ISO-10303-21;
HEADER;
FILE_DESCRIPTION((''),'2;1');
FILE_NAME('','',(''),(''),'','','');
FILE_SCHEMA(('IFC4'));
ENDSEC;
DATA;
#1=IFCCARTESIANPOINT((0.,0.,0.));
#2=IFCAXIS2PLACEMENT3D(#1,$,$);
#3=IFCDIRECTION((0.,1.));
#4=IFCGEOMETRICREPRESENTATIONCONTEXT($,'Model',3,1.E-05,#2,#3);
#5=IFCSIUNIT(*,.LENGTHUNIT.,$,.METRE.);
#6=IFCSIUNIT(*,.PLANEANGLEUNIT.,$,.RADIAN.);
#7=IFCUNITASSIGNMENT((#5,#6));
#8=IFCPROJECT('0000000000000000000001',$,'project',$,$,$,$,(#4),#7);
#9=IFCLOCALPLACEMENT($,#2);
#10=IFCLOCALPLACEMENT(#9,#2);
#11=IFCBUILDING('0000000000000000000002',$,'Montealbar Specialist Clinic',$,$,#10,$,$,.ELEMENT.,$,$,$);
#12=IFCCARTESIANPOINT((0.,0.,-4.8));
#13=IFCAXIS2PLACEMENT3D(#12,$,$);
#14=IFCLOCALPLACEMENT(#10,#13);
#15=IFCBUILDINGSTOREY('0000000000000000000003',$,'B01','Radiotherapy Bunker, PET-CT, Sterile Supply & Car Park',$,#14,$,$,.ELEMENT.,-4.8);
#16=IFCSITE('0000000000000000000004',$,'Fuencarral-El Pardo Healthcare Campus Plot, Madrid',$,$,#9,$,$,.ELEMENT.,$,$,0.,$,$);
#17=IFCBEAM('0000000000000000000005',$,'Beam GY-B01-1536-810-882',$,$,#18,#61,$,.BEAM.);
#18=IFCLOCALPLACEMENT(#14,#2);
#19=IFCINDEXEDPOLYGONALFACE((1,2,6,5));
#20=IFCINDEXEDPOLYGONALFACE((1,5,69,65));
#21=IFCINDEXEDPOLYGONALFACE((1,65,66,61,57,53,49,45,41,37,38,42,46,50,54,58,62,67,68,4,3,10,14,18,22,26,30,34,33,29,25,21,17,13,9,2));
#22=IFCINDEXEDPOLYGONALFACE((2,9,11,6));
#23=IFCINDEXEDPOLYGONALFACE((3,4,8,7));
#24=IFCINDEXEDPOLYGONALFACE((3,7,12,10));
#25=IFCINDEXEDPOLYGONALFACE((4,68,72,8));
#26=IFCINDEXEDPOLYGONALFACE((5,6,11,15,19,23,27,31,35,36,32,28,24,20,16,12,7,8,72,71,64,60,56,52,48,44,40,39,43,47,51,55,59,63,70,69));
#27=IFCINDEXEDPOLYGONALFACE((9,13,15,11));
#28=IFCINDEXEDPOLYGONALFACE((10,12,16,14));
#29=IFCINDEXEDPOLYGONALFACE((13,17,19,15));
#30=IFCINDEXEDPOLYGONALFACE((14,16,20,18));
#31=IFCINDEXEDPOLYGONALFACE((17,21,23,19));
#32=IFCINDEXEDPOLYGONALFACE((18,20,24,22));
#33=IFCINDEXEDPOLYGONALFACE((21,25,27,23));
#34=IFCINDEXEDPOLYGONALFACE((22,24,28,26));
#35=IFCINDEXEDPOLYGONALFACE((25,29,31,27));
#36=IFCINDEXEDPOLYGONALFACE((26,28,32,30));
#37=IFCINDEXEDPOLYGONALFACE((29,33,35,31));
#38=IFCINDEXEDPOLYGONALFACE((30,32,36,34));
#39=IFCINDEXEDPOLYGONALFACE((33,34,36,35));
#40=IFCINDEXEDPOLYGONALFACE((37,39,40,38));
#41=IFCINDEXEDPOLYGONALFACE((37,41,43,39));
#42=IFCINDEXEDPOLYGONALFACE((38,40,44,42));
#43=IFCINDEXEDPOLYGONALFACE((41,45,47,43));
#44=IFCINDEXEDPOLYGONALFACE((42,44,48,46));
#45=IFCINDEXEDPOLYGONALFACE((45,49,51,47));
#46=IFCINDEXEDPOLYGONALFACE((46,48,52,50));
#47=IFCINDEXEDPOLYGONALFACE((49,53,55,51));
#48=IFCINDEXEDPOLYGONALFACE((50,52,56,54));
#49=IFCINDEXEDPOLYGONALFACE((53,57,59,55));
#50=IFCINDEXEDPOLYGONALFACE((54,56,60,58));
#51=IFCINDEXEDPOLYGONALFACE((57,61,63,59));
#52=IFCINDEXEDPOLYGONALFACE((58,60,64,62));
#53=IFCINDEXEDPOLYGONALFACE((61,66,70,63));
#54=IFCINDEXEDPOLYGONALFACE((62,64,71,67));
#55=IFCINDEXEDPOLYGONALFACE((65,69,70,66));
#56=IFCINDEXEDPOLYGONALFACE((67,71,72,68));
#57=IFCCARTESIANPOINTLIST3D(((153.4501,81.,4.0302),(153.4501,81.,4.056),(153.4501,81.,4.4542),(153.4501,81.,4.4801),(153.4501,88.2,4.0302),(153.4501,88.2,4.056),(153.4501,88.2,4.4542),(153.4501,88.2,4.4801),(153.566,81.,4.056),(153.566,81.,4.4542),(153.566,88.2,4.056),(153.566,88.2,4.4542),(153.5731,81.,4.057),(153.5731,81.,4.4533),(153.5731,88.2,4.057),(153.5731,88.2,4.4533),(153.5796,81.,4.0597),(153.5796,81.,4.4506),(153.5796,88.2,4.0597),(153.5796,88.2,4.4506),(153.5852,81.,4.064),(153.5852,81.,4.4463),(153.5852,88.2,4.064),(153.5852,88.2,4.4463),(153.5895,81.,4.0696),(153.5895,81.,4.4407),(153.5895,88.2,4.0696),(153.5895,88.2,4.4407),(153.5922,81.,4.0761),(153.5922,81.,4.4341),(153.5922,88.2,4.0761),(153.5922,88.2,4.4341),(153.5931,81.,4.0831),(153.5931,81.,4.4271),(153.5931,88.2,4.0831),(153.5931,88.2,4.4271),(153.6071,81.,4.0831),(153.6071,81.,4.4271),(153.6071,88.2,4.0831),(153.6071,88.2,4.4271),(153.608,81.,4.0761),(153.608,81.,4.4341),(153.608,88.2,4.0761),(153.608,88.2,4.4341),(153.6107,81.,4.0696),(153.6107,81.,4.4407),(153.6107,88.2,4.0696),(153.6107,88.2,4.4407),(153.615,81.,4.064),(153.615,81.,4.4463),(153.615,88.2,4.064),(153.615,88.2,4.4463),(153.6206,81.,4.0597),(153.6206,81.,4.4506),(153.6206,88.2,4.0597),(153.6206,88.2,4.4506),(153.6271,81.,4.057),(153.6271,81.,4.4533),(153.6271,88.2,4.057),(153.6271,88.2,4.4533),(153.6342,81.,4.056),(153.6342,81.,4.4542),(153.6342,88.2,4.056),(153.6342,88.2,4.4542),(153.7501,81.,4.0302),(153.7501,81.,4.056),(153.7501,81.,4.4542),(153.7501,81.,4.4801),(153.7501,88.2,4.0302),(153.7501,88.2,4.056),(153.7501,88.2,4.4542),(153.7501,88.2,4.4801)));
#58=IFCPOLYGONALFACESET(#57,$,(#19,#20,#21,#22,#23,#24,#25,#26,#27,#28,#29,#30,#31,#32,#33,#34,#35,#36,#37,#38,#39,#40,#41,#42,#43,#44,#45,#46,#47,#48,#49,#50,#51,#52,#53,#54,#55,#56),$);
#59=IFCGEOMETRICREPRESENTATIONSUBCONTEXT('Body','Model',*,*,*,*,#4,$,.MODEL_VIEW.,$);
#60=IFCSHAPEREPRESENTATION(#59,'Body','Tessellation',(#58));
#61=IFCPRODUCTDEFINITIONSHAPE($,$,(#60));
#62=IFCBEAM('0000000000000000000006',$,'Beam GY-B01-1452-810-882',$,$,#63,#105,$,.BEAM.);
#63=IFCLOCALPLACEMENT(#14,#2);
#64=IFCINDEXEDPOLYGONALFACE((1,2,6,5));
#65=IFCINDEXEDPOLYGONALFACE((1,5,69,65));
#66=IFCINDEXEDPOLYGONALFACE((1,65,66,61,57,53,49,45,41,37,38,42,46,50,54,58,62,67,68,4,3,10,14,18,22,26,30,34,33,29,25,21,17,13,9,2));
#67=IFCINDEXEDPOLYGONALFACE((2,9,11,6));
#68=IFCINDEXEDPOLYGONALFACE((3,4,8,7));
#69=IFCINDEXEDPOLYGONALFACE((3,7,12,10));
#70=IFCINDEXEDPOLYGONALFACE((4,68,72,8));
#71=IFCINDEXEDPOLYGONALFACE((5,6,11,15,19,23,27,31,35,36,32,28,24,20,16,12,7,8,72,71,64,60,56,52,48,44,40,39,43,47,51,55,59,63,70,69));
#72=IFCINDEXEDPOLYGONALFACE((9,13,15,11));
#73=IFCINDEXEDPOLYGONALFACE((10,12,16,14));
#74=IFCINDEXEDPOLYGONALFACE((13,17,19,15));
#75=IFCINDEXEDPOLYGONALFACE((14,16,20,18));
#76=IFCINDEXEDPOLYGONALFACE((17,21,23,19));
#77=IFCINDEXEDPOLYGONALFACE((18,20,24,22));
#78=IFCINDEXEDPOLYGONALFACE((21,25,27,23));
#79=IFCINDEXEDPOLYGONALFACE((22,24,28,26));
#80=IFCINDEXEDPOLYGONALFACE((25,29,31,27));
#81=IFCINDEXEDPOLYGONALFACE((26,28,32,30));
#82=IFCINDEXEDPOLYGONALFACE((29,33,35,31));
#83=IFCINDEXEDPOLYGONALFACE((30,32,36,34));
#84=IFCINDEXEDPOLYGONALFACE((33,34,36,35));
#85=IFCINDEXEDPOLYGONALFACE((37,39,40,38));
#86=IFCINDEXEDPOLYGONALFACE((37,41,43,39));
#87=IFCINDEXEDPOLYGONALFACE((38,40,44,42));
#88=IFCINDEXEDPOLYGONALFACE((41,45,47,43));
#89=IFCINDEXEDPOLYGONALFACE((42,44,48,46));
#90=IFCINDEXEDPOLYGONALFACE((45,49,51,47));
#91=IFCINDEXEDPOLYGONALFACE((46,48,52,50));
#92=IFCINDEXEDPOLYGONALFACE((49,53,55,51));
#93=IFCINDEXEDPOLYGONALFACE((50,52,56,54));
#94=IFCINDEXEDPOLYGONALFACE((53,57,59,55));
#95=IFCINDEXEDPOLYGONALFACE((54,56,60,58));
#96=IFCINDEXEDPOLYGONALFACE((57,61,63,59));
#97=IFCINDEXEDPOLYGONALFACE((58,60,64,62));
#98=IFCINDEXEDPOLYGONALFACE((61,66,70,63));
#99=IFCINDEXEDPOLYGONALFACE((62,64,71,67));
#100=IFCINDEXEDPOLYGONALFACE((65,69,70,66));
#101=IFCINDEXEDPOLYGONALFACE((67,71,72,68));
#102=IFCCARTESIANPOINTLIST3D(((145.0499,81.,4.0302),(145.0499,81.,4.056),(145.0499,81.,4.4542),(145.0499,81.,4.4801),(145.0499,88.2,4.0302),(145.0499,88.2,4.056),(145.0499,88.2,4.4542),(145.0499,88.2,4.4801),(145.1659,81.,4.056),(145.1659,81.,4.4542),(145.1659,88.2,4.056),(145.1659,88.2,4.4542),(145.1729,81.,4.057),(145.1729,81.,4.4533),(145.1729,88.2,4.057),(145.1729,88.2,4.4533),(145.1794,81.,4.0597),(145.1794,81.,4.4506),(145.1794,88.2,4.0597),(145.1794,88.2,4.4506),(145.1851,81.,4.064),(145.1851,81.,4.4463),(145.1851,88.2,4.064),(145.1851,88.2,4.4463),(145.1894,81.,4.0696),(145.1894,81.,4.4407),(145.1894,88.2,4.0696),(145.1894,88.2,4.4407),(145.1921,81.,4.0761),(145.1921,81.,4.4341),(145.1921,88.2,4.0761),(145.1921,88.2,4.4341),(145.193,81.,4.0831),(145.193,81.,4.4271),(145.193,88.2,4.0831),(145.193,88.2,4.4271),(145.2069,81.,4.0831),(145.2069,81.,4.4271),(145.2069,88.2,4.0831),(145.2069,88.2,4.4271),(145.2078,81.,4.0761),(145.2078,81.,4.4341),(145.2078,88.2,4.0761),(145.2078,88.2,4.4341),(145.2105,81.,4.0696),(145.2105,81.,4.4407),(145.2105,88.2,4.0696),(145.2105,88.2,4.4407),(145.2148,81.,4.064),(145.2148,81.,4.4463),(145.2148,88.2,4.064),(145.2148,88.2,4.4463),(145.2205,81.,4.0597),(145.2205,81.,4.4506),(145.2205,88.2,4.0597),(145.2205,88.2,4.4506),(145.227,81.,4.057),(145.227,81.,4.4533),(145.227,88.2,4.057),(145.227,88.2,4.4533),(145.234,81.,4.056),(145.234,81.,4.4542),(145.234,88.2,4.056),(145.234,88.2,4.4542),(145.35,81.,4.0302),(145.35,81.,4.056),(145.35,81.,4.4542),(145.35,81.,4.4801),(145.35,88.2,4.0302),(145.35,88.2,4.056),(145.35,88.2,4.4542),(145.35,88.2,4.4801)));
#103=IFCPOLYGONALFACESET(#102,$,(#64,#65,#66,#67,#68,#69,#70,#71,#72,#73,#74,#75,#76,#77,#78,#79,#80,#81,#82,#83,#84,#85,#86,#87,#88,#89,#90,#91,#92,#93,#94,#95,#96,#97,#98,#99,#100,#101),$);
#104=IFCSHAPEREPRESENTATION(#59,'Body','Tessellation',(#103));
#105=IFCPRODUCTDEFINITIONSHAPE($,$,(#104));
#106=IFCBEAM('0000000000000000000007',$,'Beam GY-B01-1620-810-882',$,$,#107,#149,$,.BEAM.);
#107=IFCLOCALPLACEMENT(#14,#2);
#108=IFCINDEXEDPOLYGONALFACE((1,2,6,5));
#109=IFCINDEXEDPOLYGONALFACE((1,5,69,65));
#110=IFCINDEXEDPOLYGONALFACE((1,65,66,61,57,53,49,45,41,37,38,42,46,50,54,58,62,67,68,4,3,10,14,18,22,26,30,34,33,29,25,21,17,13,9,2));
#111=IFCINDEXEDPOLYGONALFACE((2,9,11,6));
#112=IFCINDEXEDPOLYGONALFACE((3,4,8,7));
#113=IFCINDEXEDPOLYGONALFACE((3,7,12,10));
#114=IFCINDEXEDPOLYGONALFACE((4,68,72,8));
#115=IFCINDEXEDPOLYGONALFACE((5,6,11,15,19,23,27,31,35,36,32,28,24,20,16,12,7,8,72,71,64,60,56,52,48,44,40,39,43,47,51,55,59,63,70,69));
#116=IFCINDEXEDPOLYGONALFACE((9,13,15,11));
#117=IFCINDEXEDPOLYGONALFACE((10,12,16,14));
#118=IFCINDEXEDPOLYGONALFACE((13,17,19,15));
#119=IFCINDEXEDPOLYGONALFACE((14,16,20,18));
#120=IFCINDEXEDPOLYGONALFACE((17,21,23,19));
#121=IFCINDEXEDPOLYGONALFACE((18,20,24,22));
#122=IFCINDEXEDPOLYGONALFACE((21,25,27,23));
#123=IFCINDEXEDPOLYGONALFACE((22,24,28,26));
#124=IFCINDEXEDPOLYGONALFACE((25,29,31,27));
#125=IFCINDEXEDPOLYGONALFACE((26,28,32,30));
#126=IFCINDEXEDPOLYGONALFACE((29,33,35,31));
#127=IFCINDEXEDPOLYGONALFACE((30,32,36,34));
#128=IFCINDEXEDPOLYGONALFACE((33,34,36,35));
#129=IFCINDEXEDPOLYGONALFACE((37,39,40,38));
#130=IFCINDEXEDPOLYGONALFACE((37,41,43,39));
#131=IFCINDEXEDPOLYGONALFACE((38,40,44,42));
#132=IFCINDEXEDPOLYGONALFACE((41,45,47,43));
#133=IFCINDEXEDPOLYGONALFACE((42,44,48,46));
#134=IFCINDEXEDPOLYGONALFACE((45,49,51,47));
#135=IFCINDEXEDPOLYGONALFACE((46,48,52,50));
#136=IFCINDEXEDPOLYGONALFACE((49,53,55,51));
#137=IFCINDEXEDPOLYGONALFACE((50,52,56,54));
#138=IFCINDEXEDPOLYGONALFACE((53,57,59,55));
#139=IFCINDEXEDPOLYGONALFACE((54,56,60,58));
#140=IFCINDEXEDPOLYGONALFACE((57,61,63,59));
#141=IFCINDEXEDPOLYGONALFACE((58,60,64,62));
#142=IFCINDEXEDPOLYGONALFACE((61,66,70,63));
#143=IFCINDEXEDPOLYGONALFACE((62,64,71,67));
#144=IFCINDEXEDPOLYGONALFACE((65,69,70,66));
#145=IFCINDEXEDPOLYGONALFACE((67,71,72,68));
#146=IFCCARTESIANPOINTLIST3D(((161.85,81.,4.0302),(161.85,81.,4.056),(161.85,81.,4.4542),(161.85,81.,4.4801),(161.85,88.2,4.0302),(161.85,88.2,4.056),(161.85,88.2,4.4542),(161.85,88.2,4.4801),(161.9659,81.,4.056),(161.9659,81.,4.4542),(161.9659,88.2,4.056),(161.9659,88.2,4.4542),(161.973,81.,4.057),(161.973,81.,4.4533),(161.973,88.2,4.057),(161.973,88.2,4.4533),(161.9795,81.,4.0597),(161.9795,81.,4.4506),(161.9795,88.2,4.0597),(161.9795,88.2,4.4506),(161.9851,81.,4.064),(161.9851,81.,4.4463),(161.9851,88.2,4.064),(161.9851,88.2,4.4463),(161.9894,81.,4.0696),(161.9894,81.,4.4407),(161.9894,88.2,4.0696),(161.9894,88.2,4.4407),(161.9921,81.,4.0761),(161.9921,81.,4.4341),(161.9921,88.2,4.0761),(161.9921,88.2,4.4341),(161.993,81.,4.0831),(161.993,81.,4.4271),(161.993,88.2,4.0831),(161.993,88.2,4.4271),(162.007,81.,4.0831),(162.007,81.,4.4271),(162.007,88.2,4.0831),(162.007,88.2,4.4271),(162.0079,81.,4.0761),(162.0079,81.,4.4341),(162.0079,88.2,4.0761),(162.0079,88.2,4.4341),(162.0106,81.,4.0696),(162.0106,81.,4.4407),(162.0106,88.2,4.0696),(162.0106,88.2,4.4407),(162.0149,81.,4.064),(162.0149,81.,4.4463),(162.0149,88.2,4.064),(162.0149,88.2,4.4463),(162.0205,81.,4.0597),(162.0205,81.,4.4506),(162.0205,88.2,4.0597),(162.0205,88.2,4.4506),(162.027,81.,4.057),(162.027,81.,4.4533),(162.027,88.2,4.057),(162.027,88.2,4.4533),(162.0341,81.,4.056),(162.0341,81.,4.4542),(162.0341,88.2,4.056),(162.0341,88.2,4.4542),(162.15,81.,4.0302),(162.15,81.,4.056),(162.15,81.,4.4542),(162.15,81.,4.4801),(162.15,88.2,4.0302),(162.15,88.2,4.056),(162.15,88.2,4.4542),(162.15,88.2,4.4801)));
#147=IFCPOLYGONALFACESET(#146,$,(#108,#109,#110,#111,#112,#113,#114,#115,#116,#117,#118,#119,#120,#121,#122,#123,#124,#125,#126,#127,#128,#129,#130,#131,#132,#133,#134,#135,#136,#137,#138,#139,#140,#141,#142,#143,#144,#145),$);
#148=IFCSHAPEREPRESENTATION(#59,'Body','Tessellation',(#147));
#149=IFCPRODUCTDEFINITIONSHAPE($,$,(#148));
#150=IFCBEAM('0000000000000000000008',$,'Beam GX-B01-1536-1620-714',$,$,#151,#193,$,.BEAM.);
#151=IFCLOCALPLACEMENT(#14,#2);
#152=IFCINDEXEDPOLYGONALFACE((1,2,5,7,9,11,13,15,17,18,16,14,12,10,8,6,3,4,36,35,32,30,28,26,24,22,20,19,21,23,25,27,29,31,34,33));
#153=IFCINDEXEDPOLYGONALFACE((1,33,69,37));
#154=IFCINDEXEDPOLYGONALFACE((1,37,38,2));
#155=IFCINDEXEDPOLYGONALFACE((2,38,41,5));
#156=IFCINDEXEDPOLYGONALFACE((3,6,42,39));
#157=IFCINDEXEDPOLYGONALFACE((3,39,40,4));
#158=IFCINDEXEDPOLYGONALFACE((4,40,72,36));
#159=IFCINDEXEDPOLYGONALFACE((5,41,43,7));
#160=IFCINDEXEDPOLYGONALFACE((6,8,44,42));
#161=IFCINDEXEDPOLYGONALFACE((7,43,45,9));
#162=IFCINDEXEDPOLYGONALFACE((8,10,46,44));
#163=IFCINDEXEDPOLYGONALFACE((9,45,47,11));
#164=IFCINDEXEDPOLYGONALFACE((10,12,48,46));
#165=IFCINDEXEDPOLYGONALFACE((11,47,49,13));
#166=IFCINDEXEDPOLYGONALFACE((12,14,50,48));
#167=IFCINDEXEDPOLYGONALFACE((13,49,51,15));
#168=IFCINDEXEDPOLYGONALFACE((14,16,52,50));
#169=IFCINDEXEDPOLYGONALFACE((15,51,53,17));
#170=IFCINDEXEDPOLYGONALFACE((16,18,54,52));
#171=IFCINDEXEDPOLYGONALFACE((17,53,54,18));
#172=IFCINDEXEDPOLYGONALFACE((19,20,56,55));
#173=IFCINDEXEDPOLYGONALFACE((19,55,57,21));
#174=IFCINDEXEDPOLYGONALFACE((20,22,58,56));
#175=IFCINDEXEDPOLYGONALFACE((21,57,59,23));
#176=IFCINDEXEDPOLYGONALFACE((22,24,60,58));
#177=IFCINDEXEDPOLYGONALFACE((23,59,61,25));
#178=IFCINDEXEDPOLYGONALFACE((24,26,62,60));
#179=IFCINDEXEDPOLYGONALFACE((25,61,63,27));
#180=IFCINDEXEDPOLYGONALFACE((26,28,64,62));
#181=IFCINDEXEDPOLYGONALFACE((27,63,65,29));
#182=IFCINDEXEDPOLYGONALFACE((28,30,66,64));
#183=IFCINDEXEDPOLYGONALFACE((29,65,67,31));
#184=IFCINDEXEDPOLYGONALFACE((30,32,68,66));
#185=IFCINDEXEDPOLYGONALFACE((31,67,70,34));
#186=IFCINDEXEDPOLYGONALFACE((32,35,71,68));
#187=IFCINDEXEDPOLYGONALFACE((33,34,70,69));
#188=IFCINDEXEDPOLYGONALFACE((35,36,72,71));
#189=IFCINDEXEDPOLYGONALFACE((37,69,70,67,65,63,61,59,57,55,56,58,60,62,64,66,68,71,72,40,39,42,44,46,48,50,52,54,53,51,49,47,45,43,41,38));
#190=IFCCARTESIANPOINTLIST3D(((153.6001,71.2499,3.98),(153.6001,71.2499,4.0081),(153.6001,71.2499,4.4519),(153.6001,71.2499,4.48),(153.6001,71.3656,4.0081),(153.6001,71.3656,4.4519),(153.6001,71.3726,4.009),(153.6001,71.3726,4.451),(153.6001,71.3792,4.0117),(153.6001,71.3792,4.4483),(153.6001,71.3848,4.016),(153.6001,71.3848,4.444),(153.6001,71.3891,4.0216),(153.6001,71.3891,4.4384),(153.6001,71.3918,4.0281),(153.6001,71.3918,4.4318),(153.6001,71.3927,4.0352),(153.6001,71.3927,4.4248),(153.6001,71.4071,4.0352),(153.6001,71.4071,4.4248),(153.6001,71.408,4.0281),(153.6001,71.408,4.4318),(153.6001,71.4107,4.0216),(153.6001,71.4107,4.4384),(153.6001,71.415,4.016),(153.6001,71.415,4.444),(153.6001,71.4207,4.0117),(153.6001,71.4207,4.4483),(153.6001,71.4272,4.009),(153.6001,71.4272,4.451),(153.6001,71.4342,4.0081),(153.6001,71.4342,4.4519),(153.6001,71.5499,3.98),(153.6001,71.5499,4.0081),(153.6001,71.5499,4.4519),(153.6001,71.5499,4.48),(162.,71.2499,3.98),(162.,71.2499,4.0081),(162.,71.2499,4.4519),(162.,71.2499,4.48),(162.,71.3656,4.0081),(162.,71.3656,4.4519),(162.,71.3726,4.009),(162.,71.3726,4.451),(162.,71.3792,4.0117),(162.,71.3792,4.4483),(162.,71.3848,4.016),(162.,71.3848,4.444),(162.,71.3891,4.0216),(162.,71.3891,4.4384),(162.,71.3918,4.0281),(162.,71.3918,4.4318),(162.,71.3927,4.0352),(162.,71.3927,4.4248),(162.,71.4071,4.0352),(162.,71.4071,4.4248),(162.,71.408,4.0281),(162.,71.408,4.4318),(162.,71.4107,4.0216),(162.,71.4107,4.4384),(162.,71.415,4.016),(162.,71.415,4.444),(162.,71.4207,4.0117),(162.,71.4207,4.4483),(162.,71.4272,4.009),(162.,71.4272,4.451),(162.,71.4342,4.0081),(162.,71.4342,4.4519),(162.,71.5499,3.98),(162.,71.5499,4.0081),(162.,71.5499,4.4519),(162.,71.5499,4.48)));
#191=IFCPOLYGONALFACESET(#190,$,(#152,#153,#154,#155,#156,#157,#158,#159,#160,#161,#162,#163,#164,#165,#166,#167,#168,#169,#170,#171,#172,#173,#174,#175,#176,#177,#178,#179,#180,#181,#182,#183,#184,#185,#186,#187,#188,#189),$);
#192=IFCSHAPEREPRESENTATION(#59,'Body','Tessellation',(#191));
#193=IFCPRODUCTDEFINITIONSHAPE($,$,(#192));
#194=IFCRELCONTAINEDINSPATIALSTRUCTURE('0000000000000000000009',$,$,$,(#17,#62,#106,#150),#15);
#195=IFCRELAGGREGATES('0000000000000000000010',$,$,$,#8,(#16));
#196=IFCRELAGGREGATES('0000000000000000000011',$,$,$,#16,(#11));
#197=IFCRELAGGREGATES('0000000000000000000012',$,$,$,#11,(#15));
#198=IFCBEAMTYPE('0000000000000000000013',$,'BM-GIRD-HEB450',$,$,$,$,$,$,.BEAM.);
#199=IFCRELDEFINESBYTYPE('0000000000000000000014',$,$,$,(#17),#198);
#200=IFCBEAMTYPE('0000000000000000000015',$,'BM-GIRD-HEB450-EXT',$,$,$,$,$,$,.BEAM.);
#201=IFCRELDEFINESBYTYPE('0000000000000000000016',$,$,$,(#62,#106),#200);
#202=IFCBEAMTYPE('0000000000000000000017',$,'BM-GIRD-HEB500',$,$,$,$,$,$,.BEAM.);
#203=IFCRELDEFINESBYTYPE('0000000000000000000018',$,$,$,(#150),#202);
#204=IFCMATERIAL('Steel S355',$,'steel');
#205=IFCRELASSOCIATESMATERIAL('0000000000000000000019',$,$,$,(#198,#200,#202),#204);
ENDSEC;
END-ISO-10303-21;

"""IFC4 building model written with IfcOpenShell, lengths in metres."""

from ifc_helpers import new_model, si_unit, direction, frame, origin, origin_2d, place, context, subcontext, project, spatial, i_section, extrude, material, material_profile, profile_set, type_object, element, save


model = new_model("IFC4")

# Units and contexts
model_context = context("Model", 3, precision=1e-05, world=origin(), true_north=direction((0.0, 1.0)))
body_context = subcontext(model_context, "Body", "Model", "MODEL_VIEW")
ifc_project = project(units=[si_unit("LENGTHUNIT", "METRE"), si_unit("PLANEANGLEUNIT", "RADIAN")], contexts=[model_context])

# Site, building, storey
site_placement = place(None, origin())
site = spatial("IfcSite", under=ifc_project, at=site_placement, Name="Fuencarral-El Pardo Healthcare Campus Plot, Madrid", CompositionType="ELEMENT", RefElevation=0.0)
building_placement = place(site_placement, origin())
building = spatial("IfcBuilding", under=site, at=building_placement, Name="Montealbar Specialist Clinic", CompositionType="ELEMENT")
storey_placement = place(building_placement, frame((0.0, 0.0, -4.8)))
storey = spatial("IfcBuildingStorey", under=building, at=storey_placement, Name="B01", Description="Radiotherapy Bunker, PET-CT, Sterile Supply & Car Park", CompositionType="ELEMENT", Elevation=-4.8)

# Shared definitions
ifc_material_1 = material(Name="Steel S355", Category="steel")

# Beams
ifc_material_profile_1 = material_profile(ifc_material_1, i_section(OverallWidth=0.3, OverallDepth=0.45, WebThickness=0.0139, FlangeThickness=0.0259, FilletRadius=0.0271, at=origin_2d()), Name="HEB 450", Category="steel")
ifc_profile_set_1 = profile_set([ifc_material_profile_1], Name="Steel S355")
beam_type_1 = type_object("IfcBeamType", Name="BM-GIRD-HEB450", PredefinedType="BEAM", material=ifc_profile_set_1)
beam_1_placement = place(storey_placement, frame((153.6001, 81.0, 4.2551), z_axis=(0.0, 1.0, 0.0), x_axis=(-1.0, 0.0, 0.0)))
element("IfcBeam", 1, at=beam_1_placement, inside=storey, type_object=beam_type_1, Name="Beam GY-B01-1536-810-882", PredefinedType="BEAM", context=body_context, shape_type="SweptSolid", body=[
    extrude(i_section(OverallWidth=0.3, OverallDepth=0.45, WebThickness=0.0139, FlangeThickness=0.0259, FilletRadius=0.0271, at=origin_2d()), origin(), (0.0, 0.0, 1.0), 7.2),
])
ifc_material_profile_2 = material_profile(ifc_material_1, i_section(OverallWidth=0.3, OverallDepth=0.45, WebThickness=0.0139, FlangeThickness=0.0259, FilletRadius=0.0271, at=origin_2d()), Name="HEB 450", Category="steel")
ifc_profile_set_2 = profile_set([ifc_material_profile_2], Name="Steel S355")
beam_type_2 = type_object("IfcBeamType", Name="BM-GIRD-HEB450-EXT", PredefinedType="BEAM", material=ifc_profile_set_2)
for number, where, z_axis, x_axis, name in (
    (2, (145.2, 81.0, 4.2551), (0.0, 1.0, 0.0), (-1.0, 0.0, 0.0), "Beam GY-B01-1452-810-882"),
    (3, (162.0, 81.0, 4.2551), (0.0, 1.0, 0.0), (-1.0, 0.0, 0.0), "Beam GY-B01-1620-810-882"),
):
    element("IfcBeam", number, at=place(storey_placement, frame(where, z_axis=z_axis, x_axis=x_axis)), inside=storey, type_object=beam_type_2, Name=name, PredefinedType="BEAM", context=body_context, shape_type="SweptSolid", body=[
        extrude(i_section(OverallWidth=0.3, OverallDepth=0.45, WebThickness=0.0139, FlangeThickness=0.0259, FilletRadius=0.0271, at=origin_2d()), origin(), (0.0, 0.0, 1.0), 7.2),
    ])
ifc_material_profile_3 = material_profile(ifc_material_1, i_section(OverallWidth=0.3, OverallDepth=0.5, WebThickness=0.0144, FlangeThickness=0.0281, FilletRadius=0.0271, at=origin_2d()), Name="HEB 500", Category="steel")
ifc_profile_set_3 = profile_set([ifc_material_profile_3], Name="Steel S355")
beam_type_3 = type_object("IfcBeamType", Name="BM-GIRD-HEB500", PredefinedType="BEAM", material=ifc_profile_set_3)
beam_2_placement = place(storey_placement, frame((153.6001, 71.3999, 4.23), z_axis=(1.0, 0.0, 0.0), x_axis=(0.0, 1.0, 0.0)))
element("IfcBeam", 4, at=beam_2_placement, inside=storey, type_object=beam_type_3, Name="Beam GX-B01-1536-1620-714", PredefinedType="BEAM", context=body_context, shape_type="SweptSolid", body=[
    extrude(i_section(OverallWidth=0.3, OverallDepth=0.5, WebThickness=0.0144, FlangeThickness=0.0281, FilletRadius=0.0271, at=origin_2d()), origin(), (0.0, 0.0, 1.0), 8.3999),
])

save(model, "model.ifc")
